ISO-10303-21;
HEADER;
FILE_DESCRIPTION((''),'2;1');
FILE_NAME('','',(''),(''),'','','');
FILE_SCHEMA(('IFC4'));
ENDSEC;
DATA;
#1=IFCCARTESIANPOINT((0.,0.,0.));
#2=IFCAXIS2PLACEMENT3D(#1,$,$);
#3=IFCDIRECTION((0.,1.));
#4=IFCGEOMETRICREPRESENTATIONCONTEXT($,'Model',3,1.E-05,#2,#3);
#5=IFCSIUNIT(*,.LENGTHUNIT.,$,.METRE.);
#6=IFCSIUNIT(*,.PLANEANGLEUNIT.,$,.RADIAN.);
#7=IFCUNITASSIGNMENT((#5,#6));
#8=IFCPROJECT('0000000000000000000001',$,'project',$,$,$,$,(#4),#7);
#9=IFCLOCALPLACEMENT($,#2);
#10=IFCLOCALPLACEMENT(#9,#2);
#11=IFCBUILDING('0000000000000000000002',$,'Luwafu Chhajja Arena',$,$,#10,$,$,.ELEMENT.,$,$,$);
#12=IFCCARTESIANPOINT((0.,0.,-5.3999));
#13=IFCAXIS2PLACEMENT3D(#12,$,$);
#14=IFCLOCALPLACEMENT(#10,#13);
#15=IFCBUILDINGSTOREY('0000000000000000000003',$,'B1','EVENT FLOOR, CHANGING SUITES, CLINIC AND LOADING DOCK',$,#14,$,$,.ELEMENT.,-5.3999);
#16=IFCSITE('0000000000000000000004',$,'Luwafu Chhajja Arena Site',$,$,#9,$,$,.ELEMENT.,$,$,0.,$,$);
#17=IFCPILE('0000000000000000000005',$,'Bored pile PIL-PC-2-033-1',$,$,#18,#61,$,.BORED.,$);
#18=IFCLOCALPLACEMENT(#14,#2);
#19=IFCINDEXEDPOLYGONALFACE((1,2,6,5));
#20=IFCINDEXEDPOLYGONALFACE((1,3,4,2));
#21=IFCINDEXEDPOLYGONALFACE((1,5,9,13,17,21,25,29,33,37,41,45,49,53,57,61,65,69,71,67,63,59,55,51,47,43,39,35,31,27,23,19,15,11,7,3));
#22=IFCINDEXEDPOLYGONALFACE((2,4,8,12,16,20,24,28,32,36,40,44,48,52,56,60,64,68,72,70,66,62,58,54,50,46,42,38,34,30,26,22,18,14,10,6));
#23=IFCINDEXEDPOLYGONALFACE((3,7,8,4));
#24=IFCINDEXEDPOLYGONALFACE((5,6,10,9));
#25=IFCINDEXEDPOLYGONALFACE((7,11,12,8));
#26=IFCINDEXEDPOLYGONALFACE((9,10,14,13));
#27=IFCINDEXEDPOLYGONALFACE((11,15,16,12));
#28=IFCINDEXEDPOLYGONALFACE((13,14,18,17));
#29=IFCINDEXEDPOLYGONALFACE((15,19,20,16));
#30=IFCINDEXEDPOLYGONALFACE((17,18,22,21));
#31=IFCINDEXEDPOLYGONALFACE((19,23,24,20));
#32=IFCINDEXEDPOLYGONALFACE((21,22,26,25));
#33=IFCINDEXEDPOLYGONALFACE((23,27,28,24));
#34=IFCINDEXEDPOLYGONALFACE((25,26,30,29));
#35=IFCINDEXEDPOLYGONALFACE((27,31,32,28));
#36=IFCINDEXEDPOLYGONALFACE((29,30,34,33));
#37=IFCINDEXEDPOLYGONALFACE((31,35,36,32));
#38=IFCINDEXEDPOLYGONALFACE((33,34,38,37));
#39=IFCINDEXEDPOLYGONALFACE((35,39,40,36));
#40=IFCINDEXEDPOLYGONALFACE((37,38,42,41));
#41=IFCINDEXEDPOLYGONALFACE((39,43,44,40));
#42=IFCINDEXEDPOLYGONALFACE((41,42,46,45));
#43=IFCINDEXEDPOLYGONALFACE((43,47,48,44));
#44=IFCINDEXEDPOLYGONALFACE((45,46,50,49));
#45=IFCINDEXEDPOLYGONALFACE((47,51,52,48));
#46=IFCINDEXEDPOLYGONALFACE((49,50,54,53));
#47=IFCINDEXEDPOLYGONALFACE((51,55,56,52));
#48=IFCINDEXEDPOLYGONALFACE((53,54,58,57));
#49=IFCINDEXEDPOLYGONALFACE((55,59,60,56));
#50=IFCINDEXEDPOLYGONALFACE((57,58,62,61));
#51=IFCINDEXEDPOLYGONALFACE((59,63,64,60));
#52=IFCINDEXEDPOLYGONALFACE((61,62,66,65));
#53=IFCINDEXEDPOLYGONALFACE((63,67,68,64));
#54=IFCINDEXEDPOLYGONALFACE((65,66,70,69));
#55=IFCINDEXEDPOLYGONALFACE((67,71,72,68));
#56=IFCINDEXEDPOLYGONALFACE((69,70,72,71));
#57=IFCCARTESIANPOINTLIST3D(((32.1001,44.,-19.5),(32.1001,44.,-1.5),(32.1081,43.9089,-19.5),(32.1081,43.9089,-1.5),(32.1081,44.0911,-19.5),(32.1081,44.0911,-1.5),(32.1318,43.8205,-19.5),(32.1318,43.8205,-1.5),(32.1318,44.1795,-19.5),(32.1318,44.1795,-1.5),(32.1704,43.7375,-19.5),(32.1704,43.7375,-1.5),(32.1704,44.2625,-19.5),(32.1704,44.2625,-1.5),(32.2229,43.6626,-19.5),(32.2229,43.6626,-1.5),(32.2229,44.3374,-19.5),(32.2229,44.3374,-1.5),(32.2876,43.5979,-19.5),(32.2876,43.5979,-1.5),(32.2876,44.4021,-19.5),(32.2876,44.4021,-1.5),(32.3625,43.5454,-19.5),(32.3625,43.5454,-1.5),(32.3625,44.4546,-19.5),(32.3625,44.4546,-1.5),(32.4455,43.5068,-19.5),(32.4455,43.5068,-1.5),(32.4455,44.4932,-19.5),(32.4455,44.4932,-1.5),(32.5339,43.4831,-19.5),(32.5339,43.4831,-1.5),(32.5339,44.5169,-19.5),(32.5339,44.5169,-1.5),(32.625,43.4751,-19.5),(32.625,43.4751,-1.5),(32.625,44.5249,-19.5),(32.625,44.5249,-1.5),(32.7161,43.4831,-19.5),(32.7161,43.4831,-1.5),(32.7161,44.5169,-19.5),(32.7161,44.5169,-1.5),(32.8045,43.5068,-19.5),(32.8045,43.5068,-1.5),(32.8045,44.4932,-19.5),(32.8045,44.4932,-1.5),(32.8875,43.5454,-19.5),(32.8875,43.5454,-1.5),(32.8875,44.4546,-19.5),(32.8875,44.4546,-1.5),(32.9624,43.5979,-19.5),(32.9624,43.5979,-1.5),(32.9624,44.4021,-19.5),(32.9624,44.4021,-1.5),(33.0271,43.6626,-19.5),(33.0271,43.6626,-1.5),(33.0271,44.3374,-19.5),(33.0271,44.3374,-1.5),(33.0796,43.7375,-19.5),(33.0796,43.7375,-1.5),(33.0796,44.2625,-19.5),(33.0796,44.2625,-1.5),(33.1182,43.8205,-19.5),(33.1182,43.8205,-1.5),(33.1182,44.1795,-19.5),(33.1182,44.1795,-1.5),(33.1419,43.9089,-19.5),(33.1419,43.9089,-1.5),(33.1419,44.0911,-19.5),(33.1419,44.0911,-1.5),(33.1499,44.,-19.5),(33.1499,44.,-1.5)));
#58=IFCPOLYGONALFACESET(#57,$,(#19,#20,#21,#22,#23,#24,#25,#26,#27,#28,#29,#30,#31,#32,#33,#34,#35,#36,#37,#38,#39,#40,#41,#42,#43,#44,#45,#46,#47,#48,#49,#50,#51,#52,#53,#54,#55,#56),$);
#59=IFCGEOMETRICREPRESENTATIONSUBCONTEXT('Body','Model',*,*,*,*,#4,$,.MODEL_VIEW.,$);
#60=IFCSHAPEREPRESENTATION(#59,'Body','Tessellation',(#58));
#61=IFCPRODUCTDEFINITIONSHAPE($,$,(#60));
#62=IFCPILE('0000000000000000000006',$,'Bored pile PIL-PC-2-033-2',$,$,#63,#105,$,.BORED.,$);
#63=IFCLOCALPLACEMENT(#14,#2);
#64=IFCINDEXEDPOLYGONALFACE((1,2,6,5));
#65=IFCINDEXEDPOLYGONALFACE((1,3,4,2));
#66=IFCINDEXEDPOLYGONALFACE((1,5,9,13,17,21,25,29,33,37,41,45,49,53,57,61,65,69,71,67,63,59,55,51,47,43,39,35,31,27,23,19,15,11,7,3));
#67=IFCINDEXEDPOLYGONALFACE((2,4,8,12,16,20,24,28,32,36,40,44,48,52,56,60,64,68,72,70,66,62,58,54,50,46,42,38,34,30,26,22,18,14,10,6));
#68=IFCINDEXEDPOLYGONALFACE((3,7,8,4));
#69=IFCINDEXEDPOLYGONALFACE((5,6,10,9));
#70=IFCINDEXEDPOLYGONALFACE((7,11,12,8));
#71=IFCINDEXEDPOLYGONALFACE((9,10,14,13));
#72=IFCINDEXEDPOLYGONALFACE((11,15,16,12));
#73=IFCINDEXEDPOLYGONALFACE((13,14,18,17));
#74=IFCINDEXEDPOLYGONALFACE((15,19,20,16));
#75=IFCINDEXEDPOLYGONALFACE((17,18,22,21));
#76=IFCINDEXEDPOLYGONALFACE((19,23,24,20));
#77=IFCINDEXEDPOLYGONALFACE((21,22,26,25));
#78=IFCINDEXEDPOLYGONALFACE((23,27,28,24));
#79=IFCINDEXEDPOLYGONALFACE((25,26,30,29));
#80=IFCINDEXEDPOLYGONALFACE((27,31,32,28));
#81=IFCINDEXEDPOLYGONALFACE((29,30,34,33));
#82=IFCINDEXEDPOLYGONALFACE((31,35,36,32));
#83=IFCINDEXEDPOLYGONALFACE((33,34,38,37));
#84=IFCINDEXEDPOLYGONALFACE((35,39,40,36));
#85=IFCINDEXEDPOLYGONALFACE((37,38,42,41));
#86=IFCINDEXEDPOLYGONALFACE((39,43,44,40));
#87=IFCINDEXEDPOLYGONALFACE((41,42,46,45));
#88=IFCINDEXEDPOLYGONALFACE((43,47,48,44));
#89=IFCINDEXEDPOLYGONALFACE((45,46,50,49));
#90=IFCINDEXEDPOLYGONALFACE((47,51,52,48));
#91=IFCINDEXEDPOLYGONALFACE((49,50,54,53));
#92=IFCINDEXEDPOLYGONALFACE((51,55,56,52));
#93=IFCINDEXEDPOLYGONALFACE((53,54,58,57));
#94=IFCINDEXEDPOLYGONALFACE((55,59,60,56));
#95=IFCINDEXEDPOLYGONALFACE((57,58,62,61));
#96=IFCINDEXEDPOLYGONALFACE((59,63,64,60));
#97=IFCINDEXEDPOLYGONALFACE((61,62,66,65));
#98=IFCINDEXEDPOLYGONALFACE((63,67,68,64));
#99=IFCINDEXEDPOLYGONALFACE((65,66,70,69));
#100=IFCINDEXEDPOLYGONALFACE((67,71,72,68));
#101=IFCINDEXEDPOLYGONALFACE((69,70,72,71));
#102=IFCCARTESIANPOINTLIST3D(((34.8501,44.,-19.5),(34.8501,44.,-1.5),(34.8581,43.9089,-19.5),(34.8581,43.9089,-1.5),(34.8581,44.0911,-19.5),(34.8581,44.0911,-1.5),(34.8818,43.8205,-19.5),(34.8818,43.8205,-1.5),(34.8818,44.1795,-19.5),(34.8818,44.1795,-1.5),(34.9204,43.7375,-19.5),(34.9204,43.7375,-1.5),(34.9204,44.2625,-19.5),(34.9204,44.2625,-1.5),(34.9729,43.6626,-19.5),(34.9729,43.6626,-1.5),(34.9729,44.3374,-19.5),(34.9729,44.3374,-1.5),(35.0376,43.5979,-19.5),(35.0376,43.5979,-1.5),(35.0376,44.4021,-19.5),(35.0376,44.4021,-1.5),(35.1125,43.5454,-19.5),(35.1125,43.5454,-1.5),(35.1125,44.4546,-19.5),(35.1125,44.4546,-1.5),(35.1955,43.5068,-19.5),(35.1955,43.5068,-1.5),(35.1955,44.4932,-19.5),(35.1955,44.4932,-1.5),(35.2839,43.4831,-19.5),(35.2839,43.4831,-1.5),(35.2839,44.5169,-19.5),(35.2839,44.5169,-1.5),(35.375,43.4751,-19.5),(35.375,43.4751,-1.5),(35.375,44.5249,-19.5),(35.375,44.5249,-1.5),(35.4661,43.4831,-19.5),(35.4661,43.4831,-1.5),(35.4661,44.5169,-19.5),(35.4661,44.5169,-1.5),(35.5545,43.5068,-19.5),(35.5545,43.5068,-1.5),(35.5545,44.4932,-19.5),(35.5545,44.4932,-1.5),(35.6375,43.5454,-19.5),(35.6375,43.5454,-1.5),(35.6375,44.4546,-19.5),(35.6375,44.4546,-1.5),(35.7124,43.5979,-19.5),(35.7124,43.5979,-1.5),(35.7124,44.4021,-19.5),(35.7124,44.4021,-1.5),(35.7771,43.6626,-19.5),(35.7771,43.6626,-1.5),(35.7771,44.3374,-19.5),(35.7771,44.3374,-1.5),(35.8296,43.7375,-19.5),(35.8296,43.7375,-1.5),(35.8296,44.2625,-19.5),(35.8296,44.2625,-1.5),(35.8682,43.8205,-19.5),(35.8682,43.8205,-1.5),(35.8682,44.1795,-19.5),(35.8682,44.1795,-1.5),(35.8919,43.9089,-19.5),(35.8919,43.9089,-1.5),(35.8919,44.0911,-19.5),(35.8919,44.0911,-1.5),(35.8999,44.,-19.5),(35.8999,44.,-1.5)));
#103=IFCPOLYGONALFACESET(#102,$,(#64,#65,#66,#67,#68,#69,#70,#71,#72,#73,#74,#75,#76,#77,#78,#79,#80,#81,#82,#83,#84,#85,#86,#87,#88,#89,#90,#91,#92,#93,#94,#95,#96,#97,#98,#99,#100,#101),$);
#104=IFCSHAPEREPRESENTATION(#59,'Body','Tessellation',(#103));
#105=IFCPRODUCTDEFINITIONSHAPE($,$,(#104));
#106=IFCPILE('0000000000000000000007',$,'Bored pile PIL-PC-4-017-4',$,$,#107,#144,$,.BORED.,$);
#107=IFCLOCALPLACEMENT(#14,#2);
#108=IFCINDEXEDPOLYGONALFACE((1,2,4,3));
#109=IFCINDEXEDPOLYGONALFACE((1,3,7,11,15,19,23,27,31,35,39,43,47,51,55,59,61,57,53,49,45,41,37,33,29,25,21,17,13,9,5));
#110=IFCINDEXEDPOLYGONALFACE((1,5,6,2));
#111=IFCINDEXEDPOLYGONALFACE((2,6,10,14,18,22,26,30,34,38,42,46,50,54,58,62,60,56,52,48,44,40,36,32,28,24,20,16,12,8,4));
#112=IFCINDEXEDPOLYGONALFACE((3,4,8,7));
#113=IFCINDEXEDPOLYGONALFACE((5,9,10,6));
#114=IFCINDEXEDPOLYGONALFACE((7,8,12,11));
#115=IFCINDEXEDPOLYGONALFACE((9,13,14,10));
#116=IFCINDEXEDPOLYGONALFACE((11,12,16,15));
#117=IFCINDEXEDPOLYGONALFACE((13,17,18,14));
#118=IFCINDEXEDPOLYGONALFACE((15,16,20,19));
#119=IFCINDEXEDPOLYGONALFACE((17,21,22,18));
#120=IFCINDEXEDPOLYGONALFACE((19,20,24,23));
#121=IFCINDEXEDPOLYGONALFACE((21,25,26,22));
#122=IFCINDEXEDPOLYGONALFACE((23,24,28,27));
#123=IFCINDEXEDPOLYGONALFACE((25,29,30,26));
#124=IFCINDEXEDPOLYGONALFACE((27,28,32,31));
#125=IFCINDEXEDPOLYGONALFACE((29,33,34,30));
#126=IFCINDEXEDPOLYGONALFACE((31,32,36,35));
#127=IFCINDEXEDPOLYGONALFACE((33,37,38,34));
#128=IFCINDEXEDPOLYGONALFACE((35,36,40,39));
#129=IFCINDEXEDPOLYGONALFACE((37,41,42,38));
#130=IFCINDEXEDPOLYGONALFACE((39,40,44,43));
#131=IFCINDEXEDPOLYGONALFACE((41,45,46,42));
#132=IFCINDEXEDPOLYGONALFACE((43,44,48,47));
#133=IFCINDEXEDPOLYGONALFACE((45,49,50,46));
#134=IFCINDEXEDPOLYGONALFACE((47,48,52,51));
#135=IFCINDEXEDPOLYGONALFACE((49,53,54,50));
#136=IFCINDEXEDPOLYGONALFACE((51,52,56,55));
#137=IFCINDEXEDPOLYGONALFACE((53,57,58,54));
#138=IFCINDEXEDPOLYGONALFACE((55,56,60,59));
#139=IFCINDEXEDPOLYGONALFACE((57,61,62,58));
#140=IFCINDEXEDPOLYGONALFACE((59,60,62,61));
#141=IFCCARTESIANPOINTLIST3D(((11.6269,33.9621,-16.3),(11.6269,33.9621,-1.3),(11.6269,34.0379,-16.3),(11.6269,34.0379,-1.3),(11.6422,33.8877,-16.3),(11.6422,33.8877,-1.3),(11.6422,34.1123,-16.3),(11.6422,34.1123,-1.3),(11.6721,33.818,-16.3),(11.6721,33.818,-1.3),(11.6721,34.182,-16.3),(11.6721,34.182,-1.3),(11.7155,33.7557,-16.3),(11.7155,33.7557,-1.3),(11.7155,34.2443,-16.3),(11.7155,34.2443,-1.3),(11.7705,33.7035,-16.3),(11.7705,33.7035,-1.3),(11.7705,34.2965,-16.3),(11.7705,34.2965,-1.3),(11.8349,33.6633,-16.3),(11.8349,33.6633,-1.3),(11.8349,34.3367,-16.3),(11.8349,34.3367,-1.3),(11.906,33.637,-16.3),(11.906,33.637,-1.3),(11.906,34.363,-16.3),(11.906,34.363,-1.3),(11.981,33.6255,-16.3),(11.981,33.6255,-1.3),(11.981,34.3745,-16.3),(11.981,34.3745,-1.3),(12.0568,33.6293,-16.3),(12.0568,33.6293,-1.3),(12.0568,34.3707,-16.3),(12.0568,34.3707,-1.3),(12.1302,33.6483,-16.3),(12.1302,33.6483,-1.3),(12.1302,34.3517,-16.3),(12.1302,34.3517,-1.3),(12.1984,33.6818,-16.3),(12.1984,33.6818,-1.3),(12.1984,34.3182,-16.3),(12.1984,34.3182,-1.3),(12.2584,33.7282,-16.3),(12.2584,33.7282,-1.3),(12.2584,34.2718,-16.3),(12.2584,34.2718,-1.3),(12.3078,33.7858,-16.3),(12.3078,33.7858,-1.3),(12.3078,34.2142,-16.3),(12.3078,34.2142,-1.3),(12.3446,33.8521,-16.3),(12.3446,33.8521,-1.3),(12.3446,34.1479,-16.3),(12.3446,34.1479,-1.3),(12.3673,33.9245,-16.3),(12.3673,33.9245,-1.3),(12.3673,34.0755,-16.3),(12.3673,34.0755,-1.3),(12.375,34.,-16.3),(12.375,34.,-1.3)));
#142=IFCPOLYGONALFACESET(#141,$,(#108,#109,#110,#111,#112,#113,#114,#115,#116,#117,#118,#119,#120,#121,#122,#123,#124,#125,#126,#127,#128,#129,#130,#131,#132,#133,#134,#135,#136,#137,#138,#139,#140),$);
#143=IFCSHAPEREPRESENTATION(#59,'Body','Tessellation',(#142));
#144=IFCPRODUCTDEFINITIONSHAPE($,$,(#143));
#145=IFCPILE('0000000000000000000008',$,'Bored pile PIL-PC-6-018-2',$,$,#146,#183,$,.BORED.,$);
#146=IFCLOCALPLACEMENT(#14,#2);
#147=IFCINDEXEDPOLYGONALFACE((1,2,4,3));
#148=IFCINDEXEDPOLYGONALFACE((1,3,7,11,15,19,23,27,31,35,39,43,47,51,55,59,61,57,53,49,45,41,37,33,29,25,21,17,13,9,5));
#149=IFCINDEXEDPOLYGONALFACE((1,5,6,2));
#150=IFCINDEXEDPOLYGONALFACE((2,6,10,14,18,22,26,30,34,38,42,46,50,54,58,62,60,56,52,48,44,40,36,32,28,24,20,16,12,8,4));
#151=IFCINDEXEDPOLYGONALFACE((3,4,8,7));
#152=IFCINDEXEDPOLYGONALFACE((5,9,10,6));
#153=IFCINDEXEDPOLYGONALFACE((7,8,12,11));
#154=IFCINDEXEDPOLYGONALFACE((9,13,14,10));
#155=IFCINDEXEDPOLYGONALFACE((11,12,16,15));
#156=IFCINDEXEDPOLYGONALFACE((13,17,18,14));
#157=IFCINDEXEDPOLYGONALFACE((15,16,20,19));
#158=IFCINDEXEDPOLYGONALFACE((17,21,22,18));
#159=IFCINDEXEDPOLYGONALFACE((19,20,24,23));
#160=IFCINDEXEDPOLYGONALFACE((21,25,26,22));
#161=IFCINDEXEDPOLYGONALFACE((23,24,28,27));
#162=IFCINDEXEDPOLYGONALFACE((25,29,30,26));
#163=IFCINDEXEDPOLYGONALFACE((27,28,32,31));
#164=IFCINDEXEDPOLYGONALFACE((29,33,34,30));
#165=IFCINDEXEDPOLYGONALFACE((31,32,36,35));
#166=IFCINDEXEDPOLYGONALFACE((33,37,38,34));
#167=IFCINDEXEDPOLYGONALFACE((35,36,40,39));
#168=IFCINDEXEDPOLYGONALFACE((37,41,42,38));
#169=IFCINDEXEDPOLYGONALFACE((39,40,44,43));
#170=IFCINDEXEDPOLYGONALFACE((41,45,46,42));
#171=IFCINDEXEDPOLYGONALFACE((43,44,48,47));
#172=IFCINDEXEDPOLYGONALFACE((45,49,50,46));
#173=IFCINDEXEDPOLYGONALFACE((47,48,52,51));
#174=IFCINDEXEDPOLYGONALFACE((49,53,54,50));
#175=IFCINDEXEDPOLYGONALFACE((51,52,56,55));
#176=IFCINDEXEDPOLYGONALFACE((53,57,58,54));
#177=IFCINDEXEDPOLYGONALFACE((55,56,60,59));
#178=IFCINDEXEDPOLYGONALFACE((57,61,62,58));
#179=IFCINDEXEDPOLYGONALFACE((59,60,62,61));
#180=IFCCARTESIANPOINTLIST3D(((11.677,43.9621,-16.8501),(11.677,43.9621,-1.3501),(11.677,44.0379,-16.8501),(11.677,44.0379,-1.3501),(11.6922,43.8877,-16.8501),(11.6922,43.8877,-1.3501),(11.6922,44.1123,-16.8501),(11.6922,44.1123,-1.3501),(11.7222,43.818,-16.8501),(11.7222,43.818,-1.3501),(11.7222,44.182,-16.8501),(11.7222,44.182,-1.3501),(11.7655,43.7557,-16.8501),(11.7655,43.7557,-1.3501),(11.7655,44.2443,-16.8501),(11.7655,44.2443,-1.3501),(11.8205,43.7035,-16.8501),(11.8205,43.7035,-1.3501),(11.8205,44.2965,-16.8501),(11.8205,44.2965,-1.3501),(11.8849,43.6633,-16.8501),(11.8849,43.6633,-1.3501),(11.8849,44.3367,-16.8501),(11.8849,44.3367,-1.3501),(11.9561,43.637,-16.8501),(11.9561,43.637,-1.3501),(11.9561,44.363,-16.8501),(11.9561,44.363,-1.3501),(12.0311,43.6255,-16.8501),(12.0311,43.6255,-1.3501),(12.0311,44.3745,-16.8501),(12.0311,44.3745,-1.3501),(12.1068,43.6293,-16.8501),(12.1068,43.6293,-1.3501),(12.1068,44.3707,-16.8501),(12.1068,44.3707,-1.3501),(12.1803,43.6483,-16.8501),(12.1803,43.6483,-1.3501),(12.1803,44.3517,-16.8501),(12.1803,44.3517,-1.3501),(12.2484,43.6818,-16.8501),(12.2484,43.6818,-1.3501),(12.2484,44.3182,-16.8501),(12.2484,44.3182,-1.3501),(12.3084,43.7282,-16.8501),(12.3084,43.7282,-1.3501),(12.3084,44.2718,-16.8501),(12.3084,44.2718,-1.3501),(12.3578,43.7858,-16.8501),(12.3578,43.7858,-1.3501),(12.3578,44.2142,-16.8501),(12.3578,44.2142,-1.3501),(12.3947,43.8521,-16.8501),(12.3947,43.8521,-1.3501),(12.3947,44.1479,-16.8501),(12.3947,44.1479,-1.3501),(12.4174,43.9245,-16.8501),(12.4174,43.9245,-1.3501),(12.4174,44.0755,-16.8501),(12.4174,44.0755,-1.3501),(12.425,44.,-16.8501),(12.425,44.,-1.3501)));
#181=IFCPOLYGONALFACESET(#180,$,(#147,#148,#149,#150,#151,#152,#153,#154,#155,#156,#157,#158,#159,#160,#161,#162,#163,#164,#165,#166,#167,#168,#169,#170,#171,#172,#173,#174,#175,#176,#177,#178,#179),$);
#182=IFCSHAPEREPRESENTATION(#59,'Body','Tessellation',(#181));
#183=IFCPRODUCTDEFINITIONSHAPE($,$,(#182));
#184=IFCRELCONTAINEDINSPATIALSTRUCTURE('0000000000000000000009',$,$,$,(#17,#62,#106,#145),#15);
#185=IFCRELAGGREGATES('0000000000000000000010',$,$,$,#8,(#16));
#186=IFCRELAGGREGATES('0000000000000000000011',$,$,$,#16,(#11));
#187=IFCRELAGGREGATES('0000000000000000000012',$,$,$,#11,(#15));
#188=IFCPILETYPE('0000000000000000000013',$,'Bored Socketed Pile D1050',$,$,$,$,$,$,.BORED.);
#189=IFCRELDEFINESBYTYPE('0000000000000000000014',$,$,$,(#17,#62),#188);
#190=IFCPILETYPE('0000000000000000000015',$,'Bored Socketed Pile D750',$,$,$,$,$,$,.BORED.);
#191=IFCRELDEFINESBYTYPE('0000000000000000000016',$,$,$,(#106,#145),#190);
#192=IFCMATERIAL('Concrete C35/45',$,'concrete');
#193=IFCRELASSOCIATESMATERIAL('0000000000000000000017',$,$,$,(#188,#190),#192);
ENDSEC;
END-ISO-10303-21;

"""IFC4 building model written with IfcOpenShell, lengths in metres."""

from ifc_helpers import new_model, si_unit, direction, frame, origin, origin_2d, place, context, subcontext, project, spatial, circle, extrude, material, material_profile, profile_set, type_object, element, save


model = new_model("IFC4")

# Units and contexts
model_context = context("Model", 3, precision=1e-05, world=origin(), true_north=direction((0.0, 1.0)))
body_context = subcontext(model_context, "Body", "Model", "MODEL_VIEW")
ifc_project = project(units=[si_unit("LENGTHUNIT", "METRE"), si_unit("PLANEANGLEUNIT", "RADIAN")], contexts=[model_context])

# Site, building, storey
site_placement = place(None, origin())
site = spatial("IfcSite", under=ifc_project, at=site_placement, Name="Luwafu Chhajja Arena Site", CompositionType="ELEMENT", RefElevation=0.0)
building_placement = place(site_placement, origin())
building = spatial("IfcBuilding", under=site, at=building_placement, Name="Luwafu Chhajja Arena", CompositionType="ELEMENT")
storey_placement = place(building_placement, frame((0.0, 0.0, -5.3999)))
storey = spatial("IfcBuildingStorey", under=building, at=storey_placement, Name="B1", Description="EVENT FLOOR, CHANGING SUITES, CLINIC AND LOADING DOCK", CompositionType="ELEMENT", Elevation=-5.3999)

# Piles
ifc_material_1 = material(Name="Concrete C35/45", Category="concrete")
ifc_material_profile_1 = material_profile(ifc_material_1, circle(Radius=0.5249, at=origin_2d()), Name="PILE D1050")
ifc_profile_set_1 = profile_set([ifc_material_profile_1], Name="Concrete C35/45")
pile_type_1 = type_object("IfcPileType", Name="Bored Socketed Pile D1050", PredefinedType="BORED", material=ifc_profile_set_1)
for number, where, z_axis, x_axis, name in (
    (1, (32.625, 44.0, -1.5), (0.0, 0.0, -1.0), (1.0, 0.0, 0.0), "Bored pile PIL-PC-2-033-1"),
    (2, (35.375, 44.0, -1.5), (0.0, 0.0, -1.0), (1.0, 0.0, 0.0), "Bored pile PIL-PC-2-033-2"),
):
    element("IfcPile", number, at=place(storey_placement, frame(where, z_axis=z_axis, x_axis=x_axis)), inside=storey, type_object=pile_type_1, Name=name, PredefinedType="BORED", context=body_context, shape_type="SweptSolid", body=[
        extrude(circle(Radius=0.5249, at=origin_2d()), origin(), (0.0, 0.0, 1.0), 18.0),
    ])
ifc_material_profile_2 = material_profile(ifc_material_1, circle(Radius=0.375, at=origin_2d()), Name="PILE D750")
ifc_profile_set_2 = profile_set([ifc_material_profile_2], Name="Concrete C35/45")
pile_type_2 = type_object("IfcPileType", Name="Bored Socketed Pile D750", PredefinedType="BORED", material=ifc_profile_set_2)
pile_1_placement = place(storey_placement, frame((12.0, 34.0, -1.3), z_axis=(0.0, 0.0, -1.0), x_axis=(1.0, 0.0, 0.0)))
element("IfcPile", 3, at=pile_1_placement, inside=storey, type_object=pile_type_2, Name="Bored pile PIL-PC-4-017-4", PredefinedType="BORED", context=body_context, shape_type="SweptSolid", body=[
    extrude(circle(Radius=0.375, at=origin_2d()), origin(), (0.0, 0.0, 1.0), 15.0),
])
pile_2_placement = place(storey_placement, frame((12.05, 44.0, -1.3501), z_axis=(0.0, 0.0, -1.0), x_axis=(1.0, 0.0, 0.0)))
element("IfcPile", 4, at=pile_2_placement, inside=storey, type_object=pile_type_2, Name="Bored pile PIL-PC-6-018-2", PredefinedType="BORED", context=body_context, shape_type="SweptSolid", body=[
    extrude(circle(Radius=0.375, at=origin_2d()), origin(), (0.0, 0.0, 1.0), 15.5),
])

save(model, "model.ifc")
